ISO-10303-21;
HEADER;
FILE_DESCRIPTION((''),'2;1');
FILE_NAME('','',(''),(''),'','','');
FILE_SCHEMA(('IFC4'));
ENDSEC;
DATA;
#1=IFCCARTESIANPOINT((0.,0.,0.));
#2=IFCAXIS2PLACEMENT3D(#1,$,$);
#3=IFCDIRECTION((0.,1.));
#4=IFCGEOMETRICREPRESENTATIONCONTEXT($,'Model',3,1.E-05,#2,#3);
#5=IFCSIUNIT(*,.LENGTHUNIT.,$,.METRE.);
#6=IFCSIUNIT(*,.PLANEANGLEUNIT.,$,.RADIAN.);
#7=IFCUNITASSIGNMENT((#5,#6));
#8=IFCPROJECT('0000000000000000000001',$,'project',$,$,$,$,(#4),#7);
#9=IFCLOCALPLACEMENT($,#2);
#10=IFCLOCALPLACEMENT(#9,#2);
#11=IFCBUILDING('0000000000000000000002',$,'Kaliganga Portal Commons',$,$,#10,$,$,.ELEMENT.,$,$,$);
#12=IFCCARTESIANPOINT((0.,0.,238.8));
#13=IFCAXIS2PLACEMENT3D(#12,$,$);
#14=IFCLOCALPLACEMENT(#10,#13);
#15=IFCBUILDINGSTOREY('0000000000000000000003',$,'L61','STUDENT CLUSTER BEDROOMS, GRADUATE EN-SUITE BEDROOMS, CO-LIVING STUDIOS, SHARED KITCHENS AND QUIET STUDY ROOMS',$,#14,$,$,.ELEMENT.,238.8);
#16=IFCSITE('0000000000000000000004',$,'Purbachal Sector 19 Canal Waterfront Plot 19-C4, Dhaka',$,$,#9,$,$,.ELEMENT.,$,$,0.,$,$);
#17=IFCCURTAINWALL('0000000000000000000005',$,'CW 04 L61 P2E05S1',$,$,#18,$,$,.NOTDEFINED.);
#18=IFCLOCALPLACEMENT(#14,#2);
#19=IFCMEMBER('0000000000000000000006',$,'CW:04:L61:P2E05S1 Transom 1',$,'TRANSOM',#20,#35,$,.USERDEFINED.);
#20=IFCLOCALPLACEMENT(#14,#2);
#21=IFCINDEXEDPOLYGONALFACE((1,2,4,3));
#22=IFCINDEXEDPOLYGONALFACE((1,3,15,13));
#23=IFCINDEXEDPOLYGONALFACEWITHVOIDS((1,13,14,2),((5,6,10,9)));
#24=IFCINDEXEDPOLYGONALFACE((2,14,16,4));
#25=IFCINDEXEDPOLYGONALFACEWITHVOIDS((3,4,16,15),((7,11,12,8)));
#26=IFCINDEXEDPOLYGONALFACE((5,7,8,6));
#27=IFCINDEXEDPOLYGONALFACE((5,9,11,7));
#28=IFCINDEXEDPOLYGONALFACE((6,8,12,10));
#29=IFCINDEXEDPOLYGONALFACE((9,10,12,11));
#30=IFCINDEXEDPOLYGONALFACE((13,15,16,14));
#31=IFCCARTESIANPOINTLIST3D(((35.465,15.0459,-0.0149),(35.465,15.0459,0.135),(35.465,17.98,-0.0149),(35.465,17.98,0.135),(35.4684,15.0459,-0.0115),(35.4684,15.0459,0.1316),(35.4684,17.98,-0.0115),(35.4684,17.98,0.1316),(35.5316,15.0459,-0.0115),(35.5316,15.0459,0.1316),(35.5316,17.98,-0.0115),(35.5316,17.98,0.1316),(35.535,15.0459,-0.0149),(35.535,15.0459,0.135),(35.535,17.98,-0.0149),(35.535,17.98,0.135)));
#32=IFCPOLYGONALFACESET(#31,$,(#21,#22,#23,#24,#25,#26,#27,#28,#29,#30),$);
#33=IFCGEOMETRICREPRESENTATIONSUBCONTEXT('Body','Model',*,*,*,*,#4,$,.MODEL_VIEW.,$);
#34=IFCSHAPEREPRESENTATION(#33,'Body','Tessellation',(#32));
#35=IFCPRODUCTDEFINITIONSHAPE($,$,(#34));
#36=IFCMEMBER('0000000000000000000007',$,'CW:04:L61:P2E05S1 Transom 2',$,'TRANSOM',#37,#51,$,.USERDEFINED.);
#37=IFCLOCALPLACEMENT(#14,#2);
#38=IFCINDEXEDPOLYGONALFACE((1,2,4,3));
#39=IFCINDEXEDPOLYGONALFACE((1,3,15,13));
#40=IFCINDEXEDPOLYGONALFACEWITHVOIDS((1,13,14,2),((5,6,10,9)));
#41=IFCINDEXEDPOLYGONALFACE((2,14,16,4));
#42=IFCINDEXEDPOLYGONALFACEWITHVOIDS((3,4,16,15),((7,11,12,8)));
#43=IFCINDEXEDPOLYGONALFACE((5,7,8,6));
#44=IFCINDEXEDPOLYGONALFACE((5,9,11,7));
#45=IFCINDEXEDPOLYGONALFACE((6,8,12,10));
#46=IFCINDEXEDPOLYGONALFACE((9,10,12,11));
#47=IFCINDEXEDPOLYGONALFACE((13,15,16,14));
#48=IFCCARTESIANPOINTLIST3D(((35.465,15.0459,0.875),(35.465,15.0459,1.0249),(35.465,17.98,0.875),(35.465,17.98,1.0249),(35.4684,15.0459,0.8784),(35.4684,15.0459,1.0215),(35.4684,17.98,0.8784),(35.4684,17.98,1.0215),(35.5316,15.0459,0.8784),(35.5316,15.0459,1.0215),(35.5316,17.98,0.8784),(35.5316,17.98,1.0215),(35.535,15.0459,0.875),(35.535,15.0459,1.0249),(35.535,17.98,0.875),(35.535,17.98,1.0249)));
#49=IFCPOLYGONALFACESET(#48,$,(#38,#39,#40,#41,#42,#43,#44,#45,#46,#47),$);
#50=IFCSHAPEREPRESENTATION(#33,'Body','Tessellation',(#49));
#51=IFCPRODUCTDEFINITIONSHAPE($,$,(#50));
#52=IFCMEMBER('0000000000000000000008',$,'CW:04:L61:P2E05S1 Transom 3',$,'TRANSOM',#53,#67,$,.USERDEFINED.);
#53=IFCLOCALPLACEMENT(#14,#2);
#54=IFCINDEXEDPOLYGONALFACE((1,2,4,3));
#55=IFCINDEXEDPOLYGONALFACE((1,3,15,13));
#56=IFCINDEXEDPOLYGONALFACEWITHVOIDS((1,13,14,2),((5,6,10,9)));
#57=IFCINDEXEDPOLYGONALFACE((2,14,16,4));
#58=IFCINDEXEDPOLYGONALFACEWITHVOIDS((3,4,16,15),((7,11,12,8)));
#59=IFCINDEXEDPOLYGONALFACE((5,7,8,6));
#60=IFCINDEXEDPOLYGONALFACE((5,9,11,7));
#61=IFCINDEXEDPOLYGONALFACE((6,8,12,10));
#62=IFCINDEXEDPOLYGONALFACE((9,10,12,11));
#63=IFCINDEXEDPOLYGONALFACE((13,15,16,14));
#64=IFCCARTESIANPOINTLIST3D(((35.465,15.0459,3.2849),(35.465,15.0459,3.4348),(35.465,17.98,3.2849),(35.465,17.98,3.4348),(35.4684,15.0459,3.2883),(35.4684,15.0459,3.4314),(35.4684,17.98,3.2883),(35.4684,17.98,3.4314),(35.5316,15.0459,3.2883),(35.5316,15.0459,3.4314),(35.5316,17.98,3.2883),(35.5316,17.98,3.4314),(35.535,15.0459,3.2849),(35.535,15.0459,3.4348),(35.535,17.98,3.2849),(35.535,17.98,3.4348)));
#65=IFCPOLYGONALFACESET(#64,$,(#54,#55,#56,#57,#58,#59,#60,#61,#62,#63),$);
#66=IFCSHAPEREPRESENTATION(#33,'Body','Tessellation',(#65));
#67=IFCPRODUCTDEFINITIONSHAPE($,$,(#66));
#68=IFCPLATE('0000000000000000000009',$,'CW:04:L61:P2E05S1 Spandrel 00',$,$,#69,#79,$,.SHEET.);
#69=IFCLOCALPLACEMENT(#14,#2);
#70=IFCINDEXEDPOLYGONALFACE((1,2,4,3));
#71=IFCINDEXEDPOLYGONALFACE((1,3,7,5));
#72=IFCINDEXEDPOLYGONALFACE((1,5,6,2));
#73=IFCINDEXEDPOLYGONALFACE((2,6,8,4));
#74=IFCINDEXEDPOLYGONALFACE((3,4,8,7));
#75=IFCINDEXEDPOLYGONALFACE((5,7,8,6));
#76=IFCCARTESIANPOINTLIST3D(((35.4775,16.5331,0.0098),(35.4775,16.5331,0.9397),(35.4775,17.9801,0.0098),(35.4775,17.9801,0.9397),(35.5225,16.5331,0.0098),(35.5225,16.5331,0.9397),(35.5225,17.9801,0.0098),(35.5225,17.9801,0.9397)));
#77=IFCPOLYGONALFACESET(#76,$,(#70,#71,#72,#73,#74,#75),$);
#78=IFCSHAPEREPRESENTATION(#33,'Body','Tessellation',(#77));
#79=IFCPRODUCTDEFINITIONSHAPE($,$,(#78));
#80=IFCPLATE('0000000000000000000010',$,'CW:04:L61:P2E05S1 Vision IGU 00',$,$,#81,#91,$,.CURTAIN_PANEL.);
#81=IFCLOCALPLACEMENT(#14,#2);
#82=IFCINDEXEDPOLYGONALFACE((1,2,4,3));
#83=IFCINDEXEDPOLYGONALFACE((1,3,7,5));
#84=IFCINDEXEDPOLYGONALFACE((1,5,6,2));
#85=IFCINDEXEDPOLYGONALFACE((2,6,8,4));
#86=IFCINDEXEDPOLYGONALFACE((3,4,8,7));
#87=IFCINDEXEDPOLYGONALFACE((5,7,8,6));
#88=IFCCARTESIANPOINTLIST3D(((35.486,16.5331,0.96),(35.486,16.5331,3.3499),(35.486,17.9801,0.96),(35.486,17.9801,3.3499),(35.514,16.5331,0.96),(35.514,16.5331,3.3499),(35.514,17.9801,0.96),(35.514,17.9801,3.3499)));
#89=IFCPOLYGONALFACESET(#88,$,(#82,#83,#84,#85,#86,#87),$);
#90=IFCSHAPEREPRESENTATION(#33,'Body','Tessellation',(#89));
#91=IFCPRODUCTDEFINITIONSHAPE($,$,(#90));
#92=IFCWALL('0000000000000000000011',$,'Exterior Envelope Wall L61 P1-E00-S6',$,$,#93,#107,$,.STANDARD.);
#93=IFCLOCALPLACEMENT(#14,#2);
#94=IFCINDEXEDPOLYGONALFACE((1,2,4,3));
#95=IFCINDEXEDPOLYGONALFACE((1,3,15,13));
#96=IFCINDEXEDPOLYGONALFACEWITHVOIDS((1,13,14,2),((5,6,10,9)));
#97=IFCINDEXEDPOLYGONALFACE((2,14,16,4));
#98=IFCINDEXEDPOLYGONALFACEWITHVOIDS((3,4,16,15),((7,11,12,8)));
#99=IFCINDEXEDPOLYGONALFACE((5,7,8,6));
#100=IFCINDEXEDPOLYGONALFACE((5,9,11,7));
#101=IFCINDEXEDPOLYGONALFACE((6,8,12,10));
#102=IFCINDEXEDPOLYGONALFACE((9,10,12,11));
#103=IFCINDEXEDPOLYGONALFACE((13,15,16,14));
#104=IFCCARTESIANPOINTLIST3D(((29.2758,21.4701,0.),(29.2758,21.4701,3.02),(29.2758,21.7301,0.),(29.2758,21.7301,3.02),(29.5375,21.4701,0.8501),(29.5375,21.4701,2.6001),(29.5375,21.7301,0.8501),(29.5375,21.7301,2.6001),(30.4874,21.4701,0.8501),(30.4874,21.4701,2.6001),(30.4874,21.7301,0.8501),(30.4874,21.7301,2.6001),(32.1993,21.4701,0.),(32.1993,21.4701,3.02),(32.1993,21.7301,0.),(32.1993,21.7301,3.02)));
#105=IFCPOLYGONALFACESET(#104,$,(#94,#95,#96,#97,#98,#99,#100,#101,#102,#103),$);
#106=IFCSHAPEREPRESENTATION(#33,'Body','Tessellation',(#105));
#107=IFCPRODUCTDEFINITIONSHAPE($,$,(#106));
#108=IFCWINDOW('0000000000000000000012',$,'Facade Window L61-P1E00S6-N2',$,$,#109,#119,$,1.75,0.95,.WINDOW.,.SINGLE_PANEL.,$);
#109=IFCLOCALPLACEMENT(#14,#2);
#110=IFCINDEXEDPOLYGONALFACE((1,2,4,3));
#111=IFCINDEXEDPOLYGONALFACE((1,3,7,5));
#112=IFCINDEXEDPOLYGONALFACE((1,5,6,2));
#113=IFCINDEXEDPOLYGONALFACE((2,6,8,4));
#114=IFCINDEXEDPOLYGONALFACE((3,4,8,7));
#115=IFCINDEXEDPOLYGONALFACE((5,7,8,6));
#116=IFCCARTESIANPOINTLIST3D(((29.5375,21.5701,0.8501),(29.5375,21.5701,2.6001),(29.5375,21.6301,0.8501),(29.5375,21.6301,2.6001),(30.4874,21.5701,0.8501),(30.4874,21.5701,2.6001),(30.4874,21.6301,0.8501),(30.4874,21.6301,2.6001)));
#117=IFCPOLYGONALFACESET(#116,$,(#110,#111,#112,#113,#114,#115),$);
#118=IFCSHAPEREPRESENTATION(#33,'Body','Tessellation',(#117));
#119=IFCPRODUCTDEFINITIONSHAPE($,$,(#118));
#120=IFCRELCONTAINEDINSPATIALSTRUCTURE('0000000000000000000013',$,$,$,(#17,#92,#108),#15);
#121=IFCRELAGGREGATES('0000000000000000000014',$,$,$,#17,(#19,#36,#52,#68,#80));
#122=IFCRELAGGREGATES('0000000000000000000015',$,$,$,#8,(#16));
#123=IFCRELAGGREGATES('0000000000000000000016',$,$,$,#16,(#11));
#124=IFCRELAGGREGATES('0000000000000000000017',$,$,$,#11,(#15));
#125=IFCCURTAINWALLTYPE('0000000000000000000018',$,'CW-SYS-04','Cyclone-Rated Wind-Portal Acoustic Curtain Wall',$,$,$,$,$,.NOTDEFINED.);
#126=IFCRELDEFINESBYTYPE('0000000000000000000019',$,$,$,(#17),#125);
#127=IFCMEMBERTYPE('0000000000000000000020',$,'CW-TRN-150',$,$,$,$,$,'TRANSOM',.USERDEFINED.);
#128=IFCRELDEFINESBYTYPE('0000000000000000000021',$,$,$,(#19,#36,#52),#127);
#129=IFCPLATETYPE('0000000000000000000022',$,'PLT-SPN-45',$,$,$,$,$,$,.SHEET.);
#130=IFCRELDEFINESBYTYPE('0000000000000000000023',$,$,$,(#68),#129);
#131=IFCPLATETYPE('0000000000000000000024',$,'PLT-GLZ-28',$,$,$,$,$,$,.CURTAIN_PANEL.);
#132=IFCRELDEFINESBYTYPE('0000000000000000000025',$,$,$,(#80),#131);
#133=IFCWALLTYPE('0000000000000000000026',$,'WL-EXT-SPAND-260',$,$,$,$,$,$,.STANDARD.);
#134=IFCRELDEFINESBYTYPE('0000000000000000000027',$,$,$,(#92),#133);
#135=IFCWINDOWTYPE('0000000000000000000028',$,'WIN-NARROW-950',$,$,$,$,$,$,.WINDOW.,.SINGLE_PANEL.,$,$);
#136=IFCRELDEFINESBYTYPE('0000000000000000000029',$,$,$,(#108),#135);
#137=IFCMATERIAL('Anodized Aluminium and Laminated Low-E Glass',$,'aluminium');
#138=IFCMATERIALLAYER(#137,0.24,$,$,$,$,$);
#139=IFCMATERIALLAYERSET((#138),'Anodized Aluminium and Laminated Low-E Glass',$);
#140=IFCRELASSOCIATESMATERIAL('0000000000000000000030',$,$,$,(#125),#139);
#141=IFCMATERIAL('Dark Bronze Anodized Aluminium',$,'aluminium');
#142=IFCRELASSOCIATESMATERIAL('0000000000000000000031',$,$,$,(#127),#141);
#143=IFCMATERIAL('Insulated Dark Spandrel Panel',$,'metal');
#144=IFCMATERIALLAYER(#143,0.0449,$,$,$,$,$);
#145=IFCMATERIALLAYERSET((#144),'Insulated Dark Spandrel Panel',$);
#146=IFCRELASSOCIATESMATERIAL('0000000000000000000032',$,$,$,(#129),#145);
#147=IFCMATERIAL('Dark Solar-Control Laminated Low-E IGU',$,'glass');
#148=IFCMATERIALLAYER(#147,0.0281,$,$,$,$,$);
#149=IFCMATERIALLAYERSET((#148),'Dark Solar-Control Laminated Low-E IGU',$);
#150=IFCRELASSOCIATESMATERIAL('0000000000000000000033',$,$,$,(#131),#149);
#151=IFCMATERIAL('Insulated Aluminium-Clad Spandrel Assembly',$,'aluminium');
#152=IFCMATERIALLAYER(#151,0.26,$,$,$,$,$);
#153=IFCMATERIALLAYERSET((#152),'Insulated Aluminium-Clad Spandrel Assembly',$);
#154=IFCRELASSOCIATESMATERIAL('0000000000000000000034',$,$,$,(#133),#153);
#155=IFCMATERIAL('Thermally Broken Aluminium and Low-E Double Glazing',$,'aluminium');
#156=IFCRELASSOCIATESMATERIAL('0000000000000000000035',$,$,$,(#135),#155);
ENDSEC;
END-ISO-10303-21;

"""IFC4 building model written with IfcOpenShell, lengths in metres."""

from ifc_helpers import new_model, si_unit, direction, frame, frame_2d, origin, origin_2d, place, context, subcontext, project, spatial, rectangle, hollow_rectangle, extrude, source, transform, mapped, material, layer, layer_set, material_profile, profile_set, type_object, element, fill, aggregate, save


model = new_model("IFC4")

# Units and contexts
model_context = context("Model", 3, precision=1e-05, world=origin(), true_north=direction((0.0, 1.0)))
body_context = subcontext(model_context, "Body", "Model", "MODEL_VIEW")
ifc_project = project(units=[si_unit("LENGTHUNIT", "METRE"), si_unit("PLANEANGLEUNIT", "RADIAN")], contexts=[model_context])

# Site, building, storey
site_placement = place(None, origin())
site = spatial("IfcSite", under=ifc_project, at=site_placement, Name="Purbachal Sector 19 Canal Waterfront Plot 19-C4, Dhaka", CompositionType="ELEMENT", RefElevation=0.0)
building_placement = place(site_placement, origin())
building = spatial("IfcBuilding", under=site, at=building_placement, Name="Kaliganga Portal Commons", CompositionType="ELEMENT")
storey_placement = place(building_placement, frame((0.0, 0.0, 238.8)))
storey = spatial("IfcBuildingStorey", under=building, at=storey_placement, Name="L61", Description="STUDENT CLUSTER BEDROOMS, GRADUATE EN-SUITE BEDROOMS, CO-LIVING STUDIOS, SHARED KITCHENS AND QUIET STUDY ROOMS", CompositionType="ELEMENT", Elevation=238.8)

# Curtain wall, members, plates
ifc_material_1 = material(Name="Anodized Aluminium and Laminated Low-E Glass", Category="aluminium")
ifc_layer_1 = layer(ifc_material_1, 0.24)
ifc_layer_set_1 = layer_set([ifc_layer_1], Name="Anodized Aluminium and Laminated Low-E Glass")
curtain_wall_type = type_object("IfcCurtainWallType", Name="CW-SYS-04", Description="Cyclone-Rated Wind-Portal Acoustic Curtain Wall", PredefinedType="NOTDEFINED", material=ifc_layer_set_1)
curtain_wall_placement = place(storey_placement, origin())
curtain_wall = element("IfcCurtainWall", 1, at=curtain_wall_placement, inside=storey, type_object=curtain_wall_type, Name="CW 04 L61 P2E05S1", PredefinedType="NOTDEFINED")
ifc_material_2 = material(Name="Dark Bronze Anodized Aluminium", Category="aluminium")
ifc_material_profile_1 = material_profile(ifc_material_2, hollow_rectangle(XDim=0.0701, YDim=0.1499, WallThickness=0.0034, at=origin_2d()), Name="ALU TRAN 70x150x3.5")
ifc_profile_set_1 = profile_set([ifc_material_profile_1], Name="Dark Bronze Anodized Aluminium")
member_type_1 = type_object("IfcMemberType", Name="CW-TRN-150", ElementType="TRANSOM", PredefinedType="USERDEFINED", material=ifc_profile_set_1)
shared_shape_1 = source(origin(), body_context, "Body", "SweptSolid", [
    extrude(hollow_rectangle(XDim=0.0701, YDim=0.1499, WallThickness=0.0034, at=origin_2d()), origin(), (0.0, 0.0, 1.0), 2.9341),
])
member_1_placement = place(storey_placement, frame((35.5, 17.98, 0.0601), z_axis=(0.0, -1.0, 0.0), x_axis=(1.0, 0.0, 0.0)))
member_1 = element("IfcMember", 2, at=member_1_placement, type_object=member_type_1, Name="CW:04:L61:P2E05S1 Transom 1", ObjectType="TRANSOM", PredefinedType="USERDEFINED", context=body_context, shape_type="MappedRepresentation", body=[
    mapped(shared_shape_1, transform((0.0, 0.0, 0.0), x_axis=(1.0, 0.0, 0.0), y_axis=(0.0, 1.0, 0.0), z_axis=(0.0, 0.0, 1.0), scale=1.0)),
])
member_2_placement = place(storey_placement, frame((35.5, 17.98, 0.95), z_axis=(0.0, -1.0, 0.0), x_axis=(1.0, 0.0, 0.0)))
member_2 = element("IfcMember", 3, at=member_2_placement, type_object=member_type_1, Name="CW:04:L61:P2E05S1 Transom 2", ObjectType="TRANSOM", PredefinedType="USERDEFINED", context=body_context, shape_type="MappedRepresentation", body=[
    mapped(shared_shape_1, transform((0.0, 0.0, 0.0), x_axis=(1.0, 0.0, 0.0), y_axis=(0.0, 1.0, 0.0), z_axis=(0.0, 0.0, 1.0), scale=1.0)),
])
member_3_placement = place(storey_placement, frame((35.5, 17.98, 3.3599), z_axis=(0.0, -1.0, 0.0), x_axis=(1.0, 0.0, 0.0)))
member_3 = element("IfcMember", 4, at=member_3_placement, type_object=member_type_1, Name="CW:04:L61:P2E05S1 Transom 3", ObjectType="TRANSOM", PredefinedType="USERDEFINED", context=body_context, shape_type="MappedRepresentation", body=[
    mapped(shared_shape_1, transform((0.0, 0.0, 0.0), x_axis=(1.0, 0.0, 0.0), y_axis=(0.0, 1.0, 0.0), z_axis=(0.0, 0.0, 1.0), scale=1.0)),
])
ifc_material_3 = material(Name="Insulated Dark Spandrel Panel", Category="metal")
ifc_layer_2 = layer(ifc_material_3, 0.0449)
ifc_layer_set_2 = layer_set([ifc_layer_2], Name="Insulated Dark Spandrel Panel")
plate_type_1 = type_object("IfcPlateType", Name="PLT-SPN-45", PredefinedType="SHEET", material=ifc_layer_set_2)
shared_shape_2 = source(origin(), body_context, "Body", "SweptSolid", [
    extrude(rectangle(XDim=1.447, YDim=0.0449, at=origin_2d()), origin(), (0.0, 0.0, 1.0), 0.9299),
])
plate_1_placement = place(storey_placement, frame((35.5, 17.2566, 0.0098), z_axis=(0.0, 0.0, 1.0), x_axis=(0.0, -1.0, 0.0)))
plate_1 = element("IfcPlate", 5, at=plate_1_placement, type_object=plate_type_1, Name="CW:04:L61:P2E05S1 Spandrel 00", PredefinedType="SHEET", context=body_context, shape_type="MappedRepresentation", body=[
    mapped(shared_shape_2, transform((0.0, 0.0, 0.0), x_axis=(1.0, 0.0, 0.0), y_axis=(0.0, 1.0, 0.0), z_axis=(0.0, 0.0, 1.0), scale=1.0)),
])
ifc_material_4 = material(Name="Dark Solar-Control Laminated Low-E IGU", Category="glass")
ifc_layer_3 = layer(ifc_material_4, 0.0281)
ifc_layer_set_3 = layer_set([ifc_layer_3], Name="Dark Solar-Control Laminated Low-E IGU")
plate_type_2 = type_object("IfcPlateType", Name="PLT-GLZ-28", PredefinedType="CURTAIN_PANEL", material=ifc_layer_set_3)
shared_shape_3 = source(origin(), body_context, "Body", "SweptSolid", [
    extrude(rectangle(XDim=1.447, YDim=0.0281, at=origin_2d()), origin(), (0.0, 0.0, 1.0), 2.3899),
])
plate_2_placement = place(storey_placement, frame((35.5, 17.2566, 0.96), z_axis=(0.0, 0.0, 1.0), x_axis=(0.0, -1.0, 0.0)))
plate_2 = element("IfcPlate", 6, at=plate_2_placement, type_object=plate_type_2, Name="CW:04:L61:P2E05S1 Vision IGU 00", PredefinedType="CURTAIN_PANEL", context=body_context, shape_type="MappedRepresentation", body=[
    mapped(shared_shape_3, transform((0.0, 0.0, 0.0), x_axis=(1.0, 0.0, 0.0), y_axis=(0.0, 1.0, 0.0), z_axis=(0.0, 0.0, 1.0), scale=1.0)),
])
aggregate(curtain_wall, [member_1, member_2, member_3, plate_1, plate_2])

# Wall, opening, window
ifc_material_5 = material(Name="Insulated Aluminium-Clad Spandrel Assembly", Category="aluminium")
ifc_layer_4 = layer(ifc_material_5, 0.26)
ifc_layer_set_4 = layer_set([ifc_layer_4], Name="Insulated Aluminium-Clad Spandrel Assembly")
wall_type_1 = type_object("IfcWallType", Name="WL-EXT-SPAND-260", PredefinedType="STANDARD", material=ifc_layer_set_4)
wall_1_placement = place(storey_placement, frame((32.1995, 21.6001, 0.0), z_axis=(0.0, 0.0, 1.0), x_axis=(-1.0, 0.0, 0.0)))
wall_1 = element("IfcWall", 7, at=wall_1_placement, inside=storey, type_object=wall_type_1, Name="Exterior Envelope Wall L61 P1-E00-S6", PredefinedType="STANDARD", context=body_context, shape_type="SweptSolid", body=[
    extrude(rectangle(XDim=2.9236, YDim=0.26, at=frame_2d((1.4619, 0.0))), origin(), (0.0, 0.0, 1.0), 3.02),
])
opening_1_placement = place(wall_1_placement, frame((1.7119, 0.0, 0.8501)))
opening_1 = element("IfcOpeningElement", 8, at=opening_1_placement, cuts=wall_1, PredefinedType="OPENING", context=body_context, shape_type="SweptSolid", body=[
    extrude(rectangle(XDim=0.95, YDim=1.75, at=frame_2d((0.4751, 0.875))), frame((0.0, 0.1401, 0.0), z_axis=(0.0, -1.0, 0.0), x_axis=(1.0, 0.0, 0.0)), (0.0, 0.0, 1.0), 0.28),
])
ifc_material_6 = material(Name="Thermally Broken Aluminium and Low-E Double Glazing", Category="aluminium")
window_type_1 = type_object("IfcWindowType", Name="WIN-NARROW-950", PartitioningType="SINGLE_PANEL", PredefinedType="WINDOW", material=ifc_material_6)
window_1_placement = place(opening_1_placement, origin())
window_1 = element("IfcWindow", 9, at=window_1_placement, inside=storey, type_object=window_type_1, Name="Facade Window L61-P1E00S6-N2", OverallHeight=1.75, OverallWidth=0.95, PartitioningType="SINGLE_PANEL", PredefinedType="WINDOW", context=body_context, shape_type="SweptSolid", body=[
    extrude(rectangle(XDim=0.95, YDim=1.75, at=frame_2d((0.4751, 0.875))), frame((0.0, 0.03, 0.0), z_axis=(0.0, -1.0, 0.0), x_axis=(1.0, 0.0, 0.0)), (0.0, 0.0, 1.0), 0.0601),
])
fill(opening_1, window_1)

save(model, "model.ifc")
